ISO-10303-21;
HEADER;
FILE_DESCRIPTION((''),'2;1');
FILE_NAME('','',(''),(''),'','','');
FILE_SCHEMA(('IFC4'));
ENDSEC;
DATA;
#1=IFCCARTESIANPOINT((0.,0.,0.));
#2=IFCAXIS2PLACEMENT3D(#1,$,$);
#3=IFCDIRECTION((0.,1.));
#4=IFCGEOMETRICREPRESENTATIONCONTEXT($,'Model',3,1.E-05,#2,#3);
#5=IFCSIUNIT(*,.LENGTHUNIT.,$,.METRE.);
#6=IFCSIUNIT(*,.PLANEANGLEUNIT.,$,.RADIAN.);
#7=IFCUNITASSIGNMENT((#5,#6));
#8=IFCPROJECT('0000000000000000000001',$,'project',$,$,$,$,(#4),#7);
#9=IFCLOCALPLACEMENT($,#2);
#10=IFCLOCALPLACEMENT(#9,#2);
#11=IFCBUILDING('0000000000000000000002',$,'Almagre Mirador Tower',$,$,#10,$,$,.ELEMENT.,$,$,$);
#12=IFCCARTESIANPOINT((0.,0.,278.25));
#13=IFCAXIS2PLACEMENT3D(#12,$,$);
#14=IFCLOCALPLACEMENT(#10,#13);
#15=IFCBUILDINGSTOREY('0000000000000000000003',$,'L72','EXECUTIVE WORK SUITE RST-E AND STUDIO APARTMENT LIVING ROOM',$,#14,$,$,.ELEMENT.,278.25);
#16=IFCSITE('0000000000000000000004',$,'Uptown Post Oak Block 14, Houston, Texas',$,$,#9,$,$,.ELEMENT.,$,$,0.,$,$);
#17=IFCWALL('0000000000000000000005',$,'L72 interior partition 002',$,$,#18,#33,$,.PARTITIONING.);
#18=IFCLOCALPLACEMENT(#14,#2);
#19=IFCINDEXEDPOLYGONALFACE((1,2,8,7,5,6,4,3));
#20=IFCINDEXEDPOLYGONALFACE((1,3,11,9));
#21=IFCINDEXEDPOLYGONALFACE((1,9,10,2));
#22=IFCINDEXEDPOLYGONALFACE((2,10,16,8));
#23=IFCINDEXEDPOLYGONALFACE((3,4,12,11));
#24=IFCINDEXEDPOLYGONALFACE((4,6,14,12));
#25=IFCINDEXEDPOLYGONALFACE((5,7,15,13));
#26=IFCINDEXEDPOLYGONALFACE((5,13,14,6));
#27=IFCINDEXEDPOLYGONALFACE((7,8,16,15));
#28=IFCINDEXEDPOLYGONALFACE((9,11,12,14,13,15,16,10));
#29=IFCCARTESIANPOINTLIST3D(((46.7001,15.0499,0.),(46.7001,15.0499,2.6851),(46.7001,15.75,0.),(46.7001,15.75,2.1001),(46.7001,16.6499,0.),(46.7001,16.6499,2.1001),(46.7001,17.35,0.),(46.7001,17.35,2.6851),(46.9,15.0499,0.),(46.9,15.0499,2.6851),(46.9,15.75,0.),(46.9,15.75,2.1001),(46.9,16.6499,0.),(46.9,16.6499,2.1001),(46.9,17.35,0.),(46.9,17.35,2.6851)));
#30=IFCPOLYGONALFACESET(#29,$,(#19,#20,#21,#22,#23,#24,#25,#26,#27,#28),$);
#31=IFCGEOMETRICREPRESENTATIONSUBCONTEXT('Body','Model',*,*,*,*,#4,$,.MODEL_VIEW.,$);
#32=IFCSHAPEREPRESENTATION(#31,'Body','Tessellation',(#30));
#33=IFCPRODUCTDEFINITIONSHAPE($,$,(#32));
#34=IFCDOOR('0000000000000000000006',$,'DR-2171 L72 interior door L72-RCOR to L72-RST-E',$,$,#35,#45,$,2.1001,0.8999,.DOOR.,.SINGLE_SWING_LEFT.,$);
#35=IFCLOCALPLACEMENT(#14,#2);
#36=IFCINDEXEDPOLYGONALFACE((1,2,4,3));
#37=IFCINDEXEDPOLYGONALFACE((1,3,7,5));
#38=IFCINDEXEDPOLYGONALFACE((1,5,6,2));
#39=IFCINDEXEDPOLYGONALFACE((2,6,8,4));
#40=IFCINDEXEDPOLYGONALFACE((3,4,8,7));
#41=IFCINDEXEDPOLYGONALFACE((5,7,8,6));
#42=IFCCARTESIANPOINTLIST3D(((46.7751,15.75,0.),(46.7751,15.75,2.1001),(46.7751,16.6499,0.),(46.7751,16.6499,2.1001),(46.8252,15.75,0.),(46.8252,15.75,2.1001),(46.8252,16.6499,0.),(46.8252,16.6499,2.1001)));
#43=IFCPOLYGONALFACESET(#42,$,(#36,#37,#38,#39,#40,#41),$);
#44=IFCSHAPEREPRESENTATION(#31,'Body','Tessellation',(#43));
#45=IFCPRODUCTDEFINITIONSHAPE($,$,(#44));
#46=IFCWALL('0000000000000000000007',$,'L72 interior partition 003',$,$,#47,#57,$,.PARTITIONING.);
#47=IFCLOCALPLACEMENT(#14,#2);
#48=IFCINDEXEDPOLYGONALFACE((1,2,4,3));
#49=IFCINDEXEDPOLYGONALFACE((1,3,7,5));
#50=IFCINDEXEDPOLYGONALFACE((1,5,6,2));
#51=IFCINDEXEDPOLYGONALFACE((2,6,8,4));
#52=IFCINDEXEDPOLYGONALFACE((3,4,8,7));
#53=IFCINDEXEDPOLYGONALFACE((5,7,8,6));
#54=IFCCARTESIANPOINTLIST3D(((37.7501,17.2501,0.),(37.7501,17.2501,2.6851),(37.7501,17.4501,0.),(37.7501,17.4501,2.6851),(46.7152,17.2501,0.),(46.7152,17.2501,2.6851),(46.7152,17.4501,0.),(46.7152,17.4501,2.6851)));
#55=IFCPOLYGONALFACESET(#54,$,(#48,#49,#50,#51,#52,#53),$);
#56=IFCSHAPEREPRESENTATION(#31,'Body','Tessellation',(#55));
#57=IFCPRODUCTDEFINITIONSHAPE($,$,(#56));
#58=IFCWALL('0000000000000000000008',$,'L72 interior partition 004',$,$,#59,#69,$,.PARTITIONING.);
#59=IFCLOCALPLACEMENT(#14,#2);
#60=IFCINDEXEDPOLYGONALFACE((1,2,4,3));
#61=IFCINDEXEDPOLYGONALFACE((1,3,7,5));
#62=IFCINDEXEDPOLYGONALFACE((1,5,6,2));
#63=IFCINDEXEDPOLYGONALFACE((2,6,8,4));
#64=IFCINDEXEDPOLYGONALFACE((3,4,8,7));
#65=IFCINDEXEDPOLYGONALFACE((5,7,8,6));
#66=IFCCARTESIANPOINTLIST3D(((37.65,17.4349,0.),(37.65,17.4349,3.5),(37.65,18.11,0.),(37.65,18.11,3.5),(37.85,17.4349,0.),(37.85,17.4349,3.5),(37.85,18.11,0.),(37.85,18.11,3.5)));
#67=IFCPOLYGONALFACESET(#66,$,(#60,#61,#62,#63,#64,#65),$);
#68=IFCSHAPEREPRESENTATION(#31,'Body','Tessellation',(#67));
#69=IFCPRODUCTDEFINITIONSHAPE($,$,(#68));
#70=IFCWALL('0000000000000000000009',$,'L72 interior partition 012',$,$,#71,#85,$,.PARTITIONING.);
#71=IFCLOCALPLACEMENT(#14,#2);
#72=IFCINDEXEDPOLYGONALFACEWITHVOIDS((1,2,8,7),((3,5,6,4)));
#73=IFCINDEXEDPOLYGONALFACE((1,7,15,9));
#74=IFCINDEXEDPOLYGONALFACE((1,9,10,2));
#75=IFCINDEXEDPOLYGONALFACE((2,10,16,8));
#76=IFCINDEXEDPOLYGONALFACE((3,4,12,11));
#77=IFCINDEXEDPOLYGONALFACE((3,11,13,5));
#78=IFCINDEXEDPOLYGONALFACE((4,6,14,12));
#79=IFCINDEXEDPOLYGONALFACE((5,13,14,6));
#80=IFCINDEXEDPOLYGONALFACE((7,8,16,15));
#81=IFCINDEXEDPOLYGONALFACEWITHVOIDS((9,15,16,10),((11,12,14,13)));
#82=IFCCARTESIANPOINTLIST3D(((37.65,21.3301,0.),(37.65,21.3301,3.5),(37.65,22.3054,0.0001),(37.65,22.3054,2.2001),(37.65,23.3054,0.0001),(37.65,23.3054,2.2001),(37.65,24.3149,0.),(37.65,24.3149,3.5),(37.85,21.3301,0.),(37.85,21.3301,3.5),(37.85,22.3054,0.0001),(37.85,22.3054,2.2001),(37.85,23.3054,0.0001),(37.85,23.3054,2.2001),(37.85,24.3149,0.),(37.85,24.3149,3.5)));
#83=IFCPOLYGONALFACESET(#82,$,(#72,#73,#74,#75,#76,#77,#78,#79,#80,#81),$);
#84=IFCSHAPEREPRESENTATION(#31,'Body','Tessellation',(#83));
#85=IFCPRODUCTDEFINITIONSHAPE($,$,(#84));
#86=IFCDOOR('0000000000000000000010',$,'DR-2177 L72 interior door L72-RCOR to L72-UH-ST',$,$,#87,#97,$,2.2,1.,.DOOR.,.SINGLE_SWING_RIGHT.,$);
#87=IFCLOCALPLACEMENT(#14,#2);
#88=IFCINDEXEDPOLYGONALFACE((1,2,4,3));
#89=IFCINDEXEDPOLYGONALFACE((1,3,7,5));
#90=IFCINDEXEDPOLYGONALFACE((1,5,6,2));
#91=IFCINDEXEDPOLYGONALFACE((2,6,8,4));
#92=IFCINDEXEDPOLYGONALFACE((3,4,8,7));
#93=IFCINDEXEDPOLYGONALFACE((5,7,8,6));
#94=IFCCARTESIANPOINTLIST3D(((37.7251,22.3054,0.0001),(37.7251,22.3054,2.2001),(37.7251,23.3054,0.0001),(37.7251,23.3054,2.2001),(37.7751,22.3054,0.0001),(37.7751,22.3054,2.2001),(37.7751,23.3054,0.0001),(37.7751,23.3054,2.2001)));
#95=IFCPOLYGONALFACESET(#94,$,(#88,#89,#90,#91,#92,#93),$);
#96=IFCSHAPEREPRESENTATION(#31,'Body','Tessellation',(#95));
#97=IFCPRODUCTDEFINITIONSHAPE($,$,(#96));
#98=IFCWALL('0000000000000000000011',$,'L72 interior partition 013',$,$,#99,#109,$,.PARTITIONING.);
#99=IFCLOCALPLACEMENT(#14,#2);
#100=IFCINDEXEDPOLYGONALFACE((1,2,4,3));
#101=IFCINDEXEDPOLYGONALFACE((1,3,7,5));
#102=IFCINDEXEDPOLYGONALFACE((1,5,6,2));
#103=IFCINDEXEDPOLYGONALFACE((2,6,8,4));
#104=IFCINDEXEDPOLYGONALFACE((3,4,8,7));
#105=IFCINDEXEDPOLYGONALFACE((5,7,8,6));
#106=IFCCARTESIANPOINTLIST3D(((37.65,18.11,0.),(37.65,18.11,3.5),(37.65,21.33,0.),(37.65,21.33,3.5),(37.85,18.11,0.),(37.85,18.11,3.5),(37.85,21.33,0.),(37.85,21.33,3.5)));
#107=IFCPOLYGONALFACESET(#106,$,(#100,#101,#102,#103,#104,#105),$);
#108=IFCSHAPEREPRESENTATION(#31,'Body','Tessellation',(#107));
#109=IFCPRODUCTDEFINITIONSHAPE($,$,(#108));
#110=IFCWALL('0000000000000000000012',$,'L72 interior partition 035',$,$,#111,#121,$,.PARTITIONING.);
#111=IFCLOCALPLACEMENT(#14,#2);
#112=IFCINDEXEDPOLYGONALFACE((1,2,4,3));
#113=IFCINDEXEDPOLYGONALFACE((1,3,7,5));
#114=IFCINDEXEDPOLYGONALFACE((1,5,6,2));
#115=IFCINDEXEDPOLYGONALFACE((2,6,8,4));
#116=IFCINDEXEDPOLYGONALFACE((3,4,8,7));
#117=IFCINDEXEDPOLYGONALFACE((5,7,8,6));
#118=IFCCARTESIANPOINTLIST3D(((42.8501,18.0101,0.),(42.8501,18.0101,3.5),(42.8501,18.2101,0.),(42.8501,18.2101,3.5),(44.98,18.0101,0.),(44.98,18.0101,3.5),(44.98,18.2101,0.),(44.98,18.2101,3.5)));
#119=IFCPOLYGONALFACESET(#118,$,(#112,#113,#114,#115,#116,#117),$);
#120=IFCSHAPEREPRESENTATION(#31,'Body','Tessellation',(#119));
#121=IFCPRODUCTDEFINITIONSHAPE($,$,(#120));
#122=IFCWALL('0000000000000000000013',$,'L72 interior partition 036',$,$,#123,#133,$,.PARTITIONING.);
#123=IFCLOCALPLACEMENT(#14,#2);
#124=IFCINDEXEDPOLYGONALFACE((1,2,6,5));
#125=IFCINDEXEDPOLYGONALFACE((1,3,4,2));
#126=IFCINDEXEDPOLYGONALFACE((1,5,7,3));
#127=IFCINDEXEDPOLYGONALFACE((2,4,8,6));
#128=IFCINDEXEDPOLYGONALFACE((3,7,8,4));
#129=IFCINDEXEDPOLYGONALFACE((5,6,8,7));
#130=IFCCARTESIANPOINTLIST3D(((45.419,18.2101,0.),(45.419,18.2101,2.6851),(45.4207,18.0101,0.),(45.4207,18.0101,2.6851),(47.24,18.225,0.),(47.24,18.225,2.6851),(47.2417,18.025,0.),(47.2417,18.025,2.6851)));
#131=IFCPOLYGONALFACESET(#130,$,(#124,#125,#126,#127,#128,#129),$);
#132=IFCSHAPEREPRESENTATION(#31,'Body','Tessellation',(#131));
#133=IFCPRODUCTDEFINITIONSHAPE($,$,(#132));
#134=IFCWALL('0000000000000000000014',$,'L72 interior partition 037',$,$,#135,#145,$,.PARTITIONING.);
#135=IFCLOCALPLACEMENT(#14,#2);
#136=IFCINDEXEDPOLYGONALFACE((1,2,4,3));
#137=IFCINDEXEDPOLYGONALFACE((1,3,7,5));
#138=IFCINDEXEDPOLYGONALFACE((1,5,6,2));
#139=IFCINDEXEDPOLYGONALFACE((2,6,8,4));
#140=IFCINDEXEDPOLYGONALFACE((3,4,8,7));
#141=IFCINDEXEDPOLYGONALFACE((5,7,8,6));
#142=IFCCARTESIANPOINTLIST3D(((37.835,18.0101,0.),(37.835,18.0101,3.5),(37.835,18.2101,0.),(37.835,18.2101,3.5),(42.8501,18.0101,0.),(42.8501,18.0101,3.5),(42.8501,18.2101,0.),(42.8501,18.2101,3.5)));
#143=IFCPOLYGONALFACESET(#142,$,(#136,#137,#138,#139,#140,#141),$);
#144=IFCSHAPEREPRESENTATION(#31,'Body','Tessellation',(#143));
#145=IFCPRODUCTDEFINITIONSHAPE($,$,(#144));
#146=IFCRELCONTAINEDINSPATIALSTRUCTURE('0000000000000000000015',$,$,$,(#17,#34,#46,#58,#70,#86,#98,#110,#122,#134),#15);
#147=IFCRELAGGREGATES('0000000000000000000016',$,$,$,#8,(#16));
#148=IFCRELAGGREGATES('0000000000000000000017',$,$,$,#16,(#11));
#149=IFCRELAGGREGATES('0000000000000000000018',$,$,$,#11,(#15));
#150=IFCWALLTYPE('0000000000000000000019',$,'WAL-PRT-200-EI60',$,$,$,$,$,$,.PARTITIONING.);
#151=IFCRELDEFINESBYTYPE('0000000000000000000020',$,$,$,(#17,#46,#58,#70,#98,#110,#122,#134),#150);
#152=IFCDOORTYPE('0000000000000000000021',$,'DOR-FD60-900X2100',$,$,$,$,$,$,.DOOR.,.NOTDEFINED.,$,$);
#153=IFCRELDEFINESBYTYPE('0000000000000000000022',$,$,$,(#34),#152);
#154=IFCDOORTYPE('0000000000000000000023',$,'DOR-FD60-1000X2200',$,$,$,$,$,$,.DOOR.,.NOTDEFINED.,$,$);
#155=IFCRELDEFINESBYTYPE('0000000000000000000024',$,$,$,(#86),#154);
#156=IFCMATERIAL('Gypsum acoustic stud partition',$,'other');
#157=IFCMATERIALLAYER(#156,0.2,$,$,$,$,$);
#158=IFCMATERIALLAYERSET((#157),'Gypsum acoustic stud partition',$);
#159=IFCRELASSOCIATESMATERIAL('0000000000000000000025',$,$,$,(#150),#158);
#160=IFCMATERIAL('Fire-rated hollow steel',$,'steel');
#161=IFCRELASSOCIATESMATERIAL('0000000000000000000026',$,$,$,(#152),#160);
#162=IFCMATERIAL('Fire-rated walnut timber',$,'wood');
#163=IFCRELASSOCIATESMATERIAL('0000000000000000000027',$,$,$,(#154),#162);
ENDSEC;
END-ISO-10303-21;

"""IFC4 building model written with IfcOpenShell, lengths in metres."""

from ifc_helpers import new_model, si_unit, direction, frame, frame_2d, origin, place, context, subcontext, project, spatial, rectangle, extrude, material, layer, layer_set, type_object, element, fill, save


model = new_model("IFC4")

# Units and contexts
model_context = context("Model", 3, precision=1e-05, world=origin(), true_north=direction((0.0, 1.0)))
body_context = subcontext(model_context, "Body", "Model", "MODEL_VIEW")
ifc_project = project(units=[si_unit("LENGTHUNIT", "METRE"), si_unit("PLANEANGLEUNIT", "RADIAN")], contexts=[model_context])

# Site, building, storey
site_placement = place(None, origin())
site = spatial("IfcSite", under=ifc_project, at=site_placement, Name="Uptown Post Oak Block 14, Houston, Texas", CompositionType="ELEMENT", RefElevation=0.0)
building_placement = place(site_placement, origin())
building = spatial("IfcBuilding", under=site, at=building_placement, Name="Almagre Mirador Tower", CompositionType="ELEMENT")
storey_placement = place(building_placement, frame((0.0, 0.0, 278.25)))
storey = spatial("IfcBuildingStorey", under=building, at=storey_placement, Name="L72", Description="EXECUTIVE WORK SUITE RST-E AND STUDIO APARTMENT LIVING ROOM", CompositionType="ELEMENT", Elevation=278.25)

# Wall, opening, door
ifc_material_1 = material(Name="Gypsum acoustic stud partition", Category="other")
ifc_layer_1 = layer(ifc_material_1, 0.2)
ifc_layer_set_1 = layer_set([ifc_layer_1], Name="Gypsum acoustic stud partition")
wall_type_1 = type_object("IfcWallType", Name="WAL-PRT-200-EI60", PredefinedType="PARTITIONING", material=ifc_layer_set_1)
wall_1_placement = place(storey_placement, frame((46.8, 15.05, 0.0), z_axis=(0.0, 0.0, 1.0), x_axis=(0.0, 1.0, 0.0)))
wall_1 = element("IfcWall", 1, at=wall_1_placement, inside=storey, type_object=wall_type_1, Name="L72 interior partition 002", PredefinedType="PARTITIONING", context=body_context, shape_type="SweptSolid", body=[
    extrude(rectangle(XDim=2.3, YDim=0.2, at=frame_2d((1.1499, 0.0))), origin(), (0.0, 0.0, 1.0), 2.6851),
])
opening_1_placement = place(wall_1_placement, frame((0.7, 0.0, 0.0)))
opening_1 = element("IfcOpeningElement", 2, at=opening_1_placement, cuts=wall_1, PredefinedType="OPENING", context=body_context, shape_type="SweptSolid", body=[
    extrude(rectangle(XDim=0.8999, YDim=2.1001, at=frame_2d((0.45, 1.05))), frame((0.0, 0.1101, 0.0), z_axis=(0.0, -1.0, 0.0), x_axis=(1.0, 0.0, 0.0)), (0.0, 0.0, 1.0), 0.22),
])
ifc_material_2 = material(Name="Fire-rated hollow steel", Category="steel")
door_type_1 = type_object("IfcDoorType", Name="DOR-FD60-900X2100", OperationType="NOTDEFINED", PredefinedType="DOOR", material=ifc_material_2)
door_1_placement = place(opening_1_placement, origin())
door_1 = element("IfcDoor", 3, at=door_1_placement, inside=storey, type_object=door_type_1, Name="DR-2171 L72 interior door L72-RCOR to L72-RST-E", OperationType="SINGLE_SWING_LEFT", OverallHeight=2.1001, OverallWidth=0.8999, PredefinedType="DOOR", context=body_context, shape_type="SweptSolid", body=[
    extrude(rectangle(XDim=0.8999, YDim=2.1001, at=frame_2d((0.45, 1.05))), frame((0.0, 0.0249, 0.0), z_axis=(0.0, -1.0, 0.0), x_axis=(1.0, 0.0, 0.0)), (0.0, 0.0, 1.0), 0.05),
])
fill(opening_1, door_1)

# Walls
wall_2_placement = place(storey_placement, frame((46.7151, 17.3501, 0.0), z_axis=(0.0, 0.0, 1.0), x_axis=(-1.0, 0.0, 0.0)))
element("IfcWall", 4, at=wall_2_placement, inside=storey, type_object=wall_type_1, Name="L72 interior partition 003", PredefinedType="PARTITIONING", context=body_context, shape_type="SweptSolid", body=[
    extrude(rectangle(XDim=8.9651, YDim=0.2, at=frame_2d((4.4824, 0.0))), origin(), (0.0, 0.0, 1.0), 2.6851),
])
wall_3_placement = place(storey_placement, frame((37.75, 17.4351, 0.0), z_axis=(0.0, 0.0, 1.0), x_axis=(0.0, 1.0, 0.0)))
element("IfcWall", 5, at=wall_3_placement, inside=storey, type_object=wall_type_1, Name="L72 interior partition 004", PredefinedType="PARTITIONING", context=body_context, shape_type="SweptSolid", body=[
    extrude(rectangle(XDim=0.675, YDim=0.2, at=frame_2d((0.3374, 0.0))), origin(), (0.0, 0.0, 1.0), 3.5),
])

# Wall, opening, door
wall_4_placement = place(storey_placement, frame((37.75, 21.3301, 0.0), z_axis=(0.0, 0.0, 1.0), x_axis=(0.0, 1.0, 0.0)))
wall_4 = element("IfcWall", 6, at=wall_4_placement, inside=storey, type_object=wall_type_1, Name="L72 interior partition 012", PredefinedType="PARTITIONING", context=body_context, shape_type="SweptSolid", body=[
    extrude(rectangle(XDim=2.9849, YDim=0.2, at=frame_2d((1.4924, 0.0))), origin(), (0.0, 0.0, 1.0), 3.5),
])
opening_2_placement = place(wall_4_placement, frame((0.9753, 0.0, 0.0)))
opening_2 = element("IfcOpeningElement", 7, at=opening_2_placement, cuts=wall_4, PredefinedType="OPENING", context=body_context, shape_type="SweptSolid", body=[
    extrude(rectangle(XDim=1.0, YDim=2.2, at=frame_2d((0.5, 1.1001))), frame((0.0, 0.1101, 0.0), z_axis=(0.0, -1.0, 0.0), x_axis=(1.0, 0.0, 0.0)), (0.0, 0.0, 1.0), 0.22),
])
ifc_material_3 = material(Name="Fire-rated walnut timber", Category="wood")
door_type_2 = type_object("IfcDoorType", Name="DOR-FD60-1000X2200", OperationType="NOTDEFINED", PredefinedType="DOOR", material=ifc_material_3)
door_2_placement = place(opening_2_placement, origin())
door_2 = element("IfcDoor", 8, at=door_2_placement, inside=storey, type_object=door_type_2, Name="DR-2177 L72 interior door L72-RCOR to L72-UH-ST", OperationType="SINGLE_SWING_RIGHT", OverallHeight=2.2, OverallWidth=1.0, PredefinedType="DOOR", context=body_context, shape_type="SweptSolid", body=[
    extrude(rectangle(XDim=1.0, YDim=2.2, at=frame_2d((0.5, 1.1001))), frame((0.0, 0.0249, 0.0), z_axis=(0.0, -1.0, 0.0), x_axis=(1.0, 0.0, 0.0)), (0.0, 0.0, 1.0), 0.05),
])
fill(opening_2, door_2)

# Walls
wall_5_placement = place(storey_placement, frame((37.75, 18.1101, 0.0), z_axis=(0.0, 0.0, 1.0), x_axis=(0.0, 1.0, 0.0)))
element("IfcWall", 9, at=wall_5_placement, inside=storey, type_object=wall_type_1, Name="L72 interior partition 013", PredefinedType="PARTITIONING", context=body_context, shape_type="SweptSolid", body=[
    extrude(rectangle(XDim=3.22, YDim=0.2, at=frame_2d((1.6099, 0.0))), origin(), (0.0, 0.0, 1.0), 3.5),
])
wall_6_placement = place(storey_placement, frame((44.98, 18.1101, 0.0), z_axis=(0.0, 0.0, 1.0), x_axis=(-1.0, 0.0, 0.0)))
element("IfcWall", 10, at=wall_6_placement, inside=storey, type_object=wall_type_1, Name="L72 interior partition 035", PredefinedType="PARTITIONING", context=body_context, shape_type="SweptSolid", body=[
    extrude(rectangle(XDim=2.1299, YDim=0.2, at=frame_2d((1.0649, 0.0))), origin(), (0.0, 0.0, 1.0), 3.5),
])
wall_7_placement = place(storey_placement, frame((47.241, 18.125, 0.0), z_axis=(0.0, 0.0, 1.0), x_axis=(-0.999967, -0.008178, 0.0)))
element("IfcWall", 11, at=wall_7_placement, inside=storey, type_object=wall_type_1, Name="L72 interior partition 036", PredefinedType="PARTITIONING", context=body_context, shape_type="SweptSolid", body=[
    extrude(rectangle(XDim=1.821, YDim=0.2, at=frame_2d((0.9106, 0.0))), origin(), (0.0, 0.0, 1.0), 2.6851),
])
wall_8_placement = place(storey_placement, frame((42.8501, 18.1101, 0.0), z_axis=(0.0, 0.0, 1.0), x_axis=(-1.0, 0.0, 0.0)))
element("IfcWall", 12, at=wall_8_placement, inside=storey, type_object=wall_type_1, Name="L72 interior partition 037", PredefinedType="PARTITIONING", context=body_context, shape_type="SweptSolid", body=[
    extrude(rectangle(XDim=5.0151, YDim=0.2, at=frame_2d((2.5076, 0.0))), origin(), (0.0, 0.0, 1.0), 3.5),
])

save(model, "model.ifc")
